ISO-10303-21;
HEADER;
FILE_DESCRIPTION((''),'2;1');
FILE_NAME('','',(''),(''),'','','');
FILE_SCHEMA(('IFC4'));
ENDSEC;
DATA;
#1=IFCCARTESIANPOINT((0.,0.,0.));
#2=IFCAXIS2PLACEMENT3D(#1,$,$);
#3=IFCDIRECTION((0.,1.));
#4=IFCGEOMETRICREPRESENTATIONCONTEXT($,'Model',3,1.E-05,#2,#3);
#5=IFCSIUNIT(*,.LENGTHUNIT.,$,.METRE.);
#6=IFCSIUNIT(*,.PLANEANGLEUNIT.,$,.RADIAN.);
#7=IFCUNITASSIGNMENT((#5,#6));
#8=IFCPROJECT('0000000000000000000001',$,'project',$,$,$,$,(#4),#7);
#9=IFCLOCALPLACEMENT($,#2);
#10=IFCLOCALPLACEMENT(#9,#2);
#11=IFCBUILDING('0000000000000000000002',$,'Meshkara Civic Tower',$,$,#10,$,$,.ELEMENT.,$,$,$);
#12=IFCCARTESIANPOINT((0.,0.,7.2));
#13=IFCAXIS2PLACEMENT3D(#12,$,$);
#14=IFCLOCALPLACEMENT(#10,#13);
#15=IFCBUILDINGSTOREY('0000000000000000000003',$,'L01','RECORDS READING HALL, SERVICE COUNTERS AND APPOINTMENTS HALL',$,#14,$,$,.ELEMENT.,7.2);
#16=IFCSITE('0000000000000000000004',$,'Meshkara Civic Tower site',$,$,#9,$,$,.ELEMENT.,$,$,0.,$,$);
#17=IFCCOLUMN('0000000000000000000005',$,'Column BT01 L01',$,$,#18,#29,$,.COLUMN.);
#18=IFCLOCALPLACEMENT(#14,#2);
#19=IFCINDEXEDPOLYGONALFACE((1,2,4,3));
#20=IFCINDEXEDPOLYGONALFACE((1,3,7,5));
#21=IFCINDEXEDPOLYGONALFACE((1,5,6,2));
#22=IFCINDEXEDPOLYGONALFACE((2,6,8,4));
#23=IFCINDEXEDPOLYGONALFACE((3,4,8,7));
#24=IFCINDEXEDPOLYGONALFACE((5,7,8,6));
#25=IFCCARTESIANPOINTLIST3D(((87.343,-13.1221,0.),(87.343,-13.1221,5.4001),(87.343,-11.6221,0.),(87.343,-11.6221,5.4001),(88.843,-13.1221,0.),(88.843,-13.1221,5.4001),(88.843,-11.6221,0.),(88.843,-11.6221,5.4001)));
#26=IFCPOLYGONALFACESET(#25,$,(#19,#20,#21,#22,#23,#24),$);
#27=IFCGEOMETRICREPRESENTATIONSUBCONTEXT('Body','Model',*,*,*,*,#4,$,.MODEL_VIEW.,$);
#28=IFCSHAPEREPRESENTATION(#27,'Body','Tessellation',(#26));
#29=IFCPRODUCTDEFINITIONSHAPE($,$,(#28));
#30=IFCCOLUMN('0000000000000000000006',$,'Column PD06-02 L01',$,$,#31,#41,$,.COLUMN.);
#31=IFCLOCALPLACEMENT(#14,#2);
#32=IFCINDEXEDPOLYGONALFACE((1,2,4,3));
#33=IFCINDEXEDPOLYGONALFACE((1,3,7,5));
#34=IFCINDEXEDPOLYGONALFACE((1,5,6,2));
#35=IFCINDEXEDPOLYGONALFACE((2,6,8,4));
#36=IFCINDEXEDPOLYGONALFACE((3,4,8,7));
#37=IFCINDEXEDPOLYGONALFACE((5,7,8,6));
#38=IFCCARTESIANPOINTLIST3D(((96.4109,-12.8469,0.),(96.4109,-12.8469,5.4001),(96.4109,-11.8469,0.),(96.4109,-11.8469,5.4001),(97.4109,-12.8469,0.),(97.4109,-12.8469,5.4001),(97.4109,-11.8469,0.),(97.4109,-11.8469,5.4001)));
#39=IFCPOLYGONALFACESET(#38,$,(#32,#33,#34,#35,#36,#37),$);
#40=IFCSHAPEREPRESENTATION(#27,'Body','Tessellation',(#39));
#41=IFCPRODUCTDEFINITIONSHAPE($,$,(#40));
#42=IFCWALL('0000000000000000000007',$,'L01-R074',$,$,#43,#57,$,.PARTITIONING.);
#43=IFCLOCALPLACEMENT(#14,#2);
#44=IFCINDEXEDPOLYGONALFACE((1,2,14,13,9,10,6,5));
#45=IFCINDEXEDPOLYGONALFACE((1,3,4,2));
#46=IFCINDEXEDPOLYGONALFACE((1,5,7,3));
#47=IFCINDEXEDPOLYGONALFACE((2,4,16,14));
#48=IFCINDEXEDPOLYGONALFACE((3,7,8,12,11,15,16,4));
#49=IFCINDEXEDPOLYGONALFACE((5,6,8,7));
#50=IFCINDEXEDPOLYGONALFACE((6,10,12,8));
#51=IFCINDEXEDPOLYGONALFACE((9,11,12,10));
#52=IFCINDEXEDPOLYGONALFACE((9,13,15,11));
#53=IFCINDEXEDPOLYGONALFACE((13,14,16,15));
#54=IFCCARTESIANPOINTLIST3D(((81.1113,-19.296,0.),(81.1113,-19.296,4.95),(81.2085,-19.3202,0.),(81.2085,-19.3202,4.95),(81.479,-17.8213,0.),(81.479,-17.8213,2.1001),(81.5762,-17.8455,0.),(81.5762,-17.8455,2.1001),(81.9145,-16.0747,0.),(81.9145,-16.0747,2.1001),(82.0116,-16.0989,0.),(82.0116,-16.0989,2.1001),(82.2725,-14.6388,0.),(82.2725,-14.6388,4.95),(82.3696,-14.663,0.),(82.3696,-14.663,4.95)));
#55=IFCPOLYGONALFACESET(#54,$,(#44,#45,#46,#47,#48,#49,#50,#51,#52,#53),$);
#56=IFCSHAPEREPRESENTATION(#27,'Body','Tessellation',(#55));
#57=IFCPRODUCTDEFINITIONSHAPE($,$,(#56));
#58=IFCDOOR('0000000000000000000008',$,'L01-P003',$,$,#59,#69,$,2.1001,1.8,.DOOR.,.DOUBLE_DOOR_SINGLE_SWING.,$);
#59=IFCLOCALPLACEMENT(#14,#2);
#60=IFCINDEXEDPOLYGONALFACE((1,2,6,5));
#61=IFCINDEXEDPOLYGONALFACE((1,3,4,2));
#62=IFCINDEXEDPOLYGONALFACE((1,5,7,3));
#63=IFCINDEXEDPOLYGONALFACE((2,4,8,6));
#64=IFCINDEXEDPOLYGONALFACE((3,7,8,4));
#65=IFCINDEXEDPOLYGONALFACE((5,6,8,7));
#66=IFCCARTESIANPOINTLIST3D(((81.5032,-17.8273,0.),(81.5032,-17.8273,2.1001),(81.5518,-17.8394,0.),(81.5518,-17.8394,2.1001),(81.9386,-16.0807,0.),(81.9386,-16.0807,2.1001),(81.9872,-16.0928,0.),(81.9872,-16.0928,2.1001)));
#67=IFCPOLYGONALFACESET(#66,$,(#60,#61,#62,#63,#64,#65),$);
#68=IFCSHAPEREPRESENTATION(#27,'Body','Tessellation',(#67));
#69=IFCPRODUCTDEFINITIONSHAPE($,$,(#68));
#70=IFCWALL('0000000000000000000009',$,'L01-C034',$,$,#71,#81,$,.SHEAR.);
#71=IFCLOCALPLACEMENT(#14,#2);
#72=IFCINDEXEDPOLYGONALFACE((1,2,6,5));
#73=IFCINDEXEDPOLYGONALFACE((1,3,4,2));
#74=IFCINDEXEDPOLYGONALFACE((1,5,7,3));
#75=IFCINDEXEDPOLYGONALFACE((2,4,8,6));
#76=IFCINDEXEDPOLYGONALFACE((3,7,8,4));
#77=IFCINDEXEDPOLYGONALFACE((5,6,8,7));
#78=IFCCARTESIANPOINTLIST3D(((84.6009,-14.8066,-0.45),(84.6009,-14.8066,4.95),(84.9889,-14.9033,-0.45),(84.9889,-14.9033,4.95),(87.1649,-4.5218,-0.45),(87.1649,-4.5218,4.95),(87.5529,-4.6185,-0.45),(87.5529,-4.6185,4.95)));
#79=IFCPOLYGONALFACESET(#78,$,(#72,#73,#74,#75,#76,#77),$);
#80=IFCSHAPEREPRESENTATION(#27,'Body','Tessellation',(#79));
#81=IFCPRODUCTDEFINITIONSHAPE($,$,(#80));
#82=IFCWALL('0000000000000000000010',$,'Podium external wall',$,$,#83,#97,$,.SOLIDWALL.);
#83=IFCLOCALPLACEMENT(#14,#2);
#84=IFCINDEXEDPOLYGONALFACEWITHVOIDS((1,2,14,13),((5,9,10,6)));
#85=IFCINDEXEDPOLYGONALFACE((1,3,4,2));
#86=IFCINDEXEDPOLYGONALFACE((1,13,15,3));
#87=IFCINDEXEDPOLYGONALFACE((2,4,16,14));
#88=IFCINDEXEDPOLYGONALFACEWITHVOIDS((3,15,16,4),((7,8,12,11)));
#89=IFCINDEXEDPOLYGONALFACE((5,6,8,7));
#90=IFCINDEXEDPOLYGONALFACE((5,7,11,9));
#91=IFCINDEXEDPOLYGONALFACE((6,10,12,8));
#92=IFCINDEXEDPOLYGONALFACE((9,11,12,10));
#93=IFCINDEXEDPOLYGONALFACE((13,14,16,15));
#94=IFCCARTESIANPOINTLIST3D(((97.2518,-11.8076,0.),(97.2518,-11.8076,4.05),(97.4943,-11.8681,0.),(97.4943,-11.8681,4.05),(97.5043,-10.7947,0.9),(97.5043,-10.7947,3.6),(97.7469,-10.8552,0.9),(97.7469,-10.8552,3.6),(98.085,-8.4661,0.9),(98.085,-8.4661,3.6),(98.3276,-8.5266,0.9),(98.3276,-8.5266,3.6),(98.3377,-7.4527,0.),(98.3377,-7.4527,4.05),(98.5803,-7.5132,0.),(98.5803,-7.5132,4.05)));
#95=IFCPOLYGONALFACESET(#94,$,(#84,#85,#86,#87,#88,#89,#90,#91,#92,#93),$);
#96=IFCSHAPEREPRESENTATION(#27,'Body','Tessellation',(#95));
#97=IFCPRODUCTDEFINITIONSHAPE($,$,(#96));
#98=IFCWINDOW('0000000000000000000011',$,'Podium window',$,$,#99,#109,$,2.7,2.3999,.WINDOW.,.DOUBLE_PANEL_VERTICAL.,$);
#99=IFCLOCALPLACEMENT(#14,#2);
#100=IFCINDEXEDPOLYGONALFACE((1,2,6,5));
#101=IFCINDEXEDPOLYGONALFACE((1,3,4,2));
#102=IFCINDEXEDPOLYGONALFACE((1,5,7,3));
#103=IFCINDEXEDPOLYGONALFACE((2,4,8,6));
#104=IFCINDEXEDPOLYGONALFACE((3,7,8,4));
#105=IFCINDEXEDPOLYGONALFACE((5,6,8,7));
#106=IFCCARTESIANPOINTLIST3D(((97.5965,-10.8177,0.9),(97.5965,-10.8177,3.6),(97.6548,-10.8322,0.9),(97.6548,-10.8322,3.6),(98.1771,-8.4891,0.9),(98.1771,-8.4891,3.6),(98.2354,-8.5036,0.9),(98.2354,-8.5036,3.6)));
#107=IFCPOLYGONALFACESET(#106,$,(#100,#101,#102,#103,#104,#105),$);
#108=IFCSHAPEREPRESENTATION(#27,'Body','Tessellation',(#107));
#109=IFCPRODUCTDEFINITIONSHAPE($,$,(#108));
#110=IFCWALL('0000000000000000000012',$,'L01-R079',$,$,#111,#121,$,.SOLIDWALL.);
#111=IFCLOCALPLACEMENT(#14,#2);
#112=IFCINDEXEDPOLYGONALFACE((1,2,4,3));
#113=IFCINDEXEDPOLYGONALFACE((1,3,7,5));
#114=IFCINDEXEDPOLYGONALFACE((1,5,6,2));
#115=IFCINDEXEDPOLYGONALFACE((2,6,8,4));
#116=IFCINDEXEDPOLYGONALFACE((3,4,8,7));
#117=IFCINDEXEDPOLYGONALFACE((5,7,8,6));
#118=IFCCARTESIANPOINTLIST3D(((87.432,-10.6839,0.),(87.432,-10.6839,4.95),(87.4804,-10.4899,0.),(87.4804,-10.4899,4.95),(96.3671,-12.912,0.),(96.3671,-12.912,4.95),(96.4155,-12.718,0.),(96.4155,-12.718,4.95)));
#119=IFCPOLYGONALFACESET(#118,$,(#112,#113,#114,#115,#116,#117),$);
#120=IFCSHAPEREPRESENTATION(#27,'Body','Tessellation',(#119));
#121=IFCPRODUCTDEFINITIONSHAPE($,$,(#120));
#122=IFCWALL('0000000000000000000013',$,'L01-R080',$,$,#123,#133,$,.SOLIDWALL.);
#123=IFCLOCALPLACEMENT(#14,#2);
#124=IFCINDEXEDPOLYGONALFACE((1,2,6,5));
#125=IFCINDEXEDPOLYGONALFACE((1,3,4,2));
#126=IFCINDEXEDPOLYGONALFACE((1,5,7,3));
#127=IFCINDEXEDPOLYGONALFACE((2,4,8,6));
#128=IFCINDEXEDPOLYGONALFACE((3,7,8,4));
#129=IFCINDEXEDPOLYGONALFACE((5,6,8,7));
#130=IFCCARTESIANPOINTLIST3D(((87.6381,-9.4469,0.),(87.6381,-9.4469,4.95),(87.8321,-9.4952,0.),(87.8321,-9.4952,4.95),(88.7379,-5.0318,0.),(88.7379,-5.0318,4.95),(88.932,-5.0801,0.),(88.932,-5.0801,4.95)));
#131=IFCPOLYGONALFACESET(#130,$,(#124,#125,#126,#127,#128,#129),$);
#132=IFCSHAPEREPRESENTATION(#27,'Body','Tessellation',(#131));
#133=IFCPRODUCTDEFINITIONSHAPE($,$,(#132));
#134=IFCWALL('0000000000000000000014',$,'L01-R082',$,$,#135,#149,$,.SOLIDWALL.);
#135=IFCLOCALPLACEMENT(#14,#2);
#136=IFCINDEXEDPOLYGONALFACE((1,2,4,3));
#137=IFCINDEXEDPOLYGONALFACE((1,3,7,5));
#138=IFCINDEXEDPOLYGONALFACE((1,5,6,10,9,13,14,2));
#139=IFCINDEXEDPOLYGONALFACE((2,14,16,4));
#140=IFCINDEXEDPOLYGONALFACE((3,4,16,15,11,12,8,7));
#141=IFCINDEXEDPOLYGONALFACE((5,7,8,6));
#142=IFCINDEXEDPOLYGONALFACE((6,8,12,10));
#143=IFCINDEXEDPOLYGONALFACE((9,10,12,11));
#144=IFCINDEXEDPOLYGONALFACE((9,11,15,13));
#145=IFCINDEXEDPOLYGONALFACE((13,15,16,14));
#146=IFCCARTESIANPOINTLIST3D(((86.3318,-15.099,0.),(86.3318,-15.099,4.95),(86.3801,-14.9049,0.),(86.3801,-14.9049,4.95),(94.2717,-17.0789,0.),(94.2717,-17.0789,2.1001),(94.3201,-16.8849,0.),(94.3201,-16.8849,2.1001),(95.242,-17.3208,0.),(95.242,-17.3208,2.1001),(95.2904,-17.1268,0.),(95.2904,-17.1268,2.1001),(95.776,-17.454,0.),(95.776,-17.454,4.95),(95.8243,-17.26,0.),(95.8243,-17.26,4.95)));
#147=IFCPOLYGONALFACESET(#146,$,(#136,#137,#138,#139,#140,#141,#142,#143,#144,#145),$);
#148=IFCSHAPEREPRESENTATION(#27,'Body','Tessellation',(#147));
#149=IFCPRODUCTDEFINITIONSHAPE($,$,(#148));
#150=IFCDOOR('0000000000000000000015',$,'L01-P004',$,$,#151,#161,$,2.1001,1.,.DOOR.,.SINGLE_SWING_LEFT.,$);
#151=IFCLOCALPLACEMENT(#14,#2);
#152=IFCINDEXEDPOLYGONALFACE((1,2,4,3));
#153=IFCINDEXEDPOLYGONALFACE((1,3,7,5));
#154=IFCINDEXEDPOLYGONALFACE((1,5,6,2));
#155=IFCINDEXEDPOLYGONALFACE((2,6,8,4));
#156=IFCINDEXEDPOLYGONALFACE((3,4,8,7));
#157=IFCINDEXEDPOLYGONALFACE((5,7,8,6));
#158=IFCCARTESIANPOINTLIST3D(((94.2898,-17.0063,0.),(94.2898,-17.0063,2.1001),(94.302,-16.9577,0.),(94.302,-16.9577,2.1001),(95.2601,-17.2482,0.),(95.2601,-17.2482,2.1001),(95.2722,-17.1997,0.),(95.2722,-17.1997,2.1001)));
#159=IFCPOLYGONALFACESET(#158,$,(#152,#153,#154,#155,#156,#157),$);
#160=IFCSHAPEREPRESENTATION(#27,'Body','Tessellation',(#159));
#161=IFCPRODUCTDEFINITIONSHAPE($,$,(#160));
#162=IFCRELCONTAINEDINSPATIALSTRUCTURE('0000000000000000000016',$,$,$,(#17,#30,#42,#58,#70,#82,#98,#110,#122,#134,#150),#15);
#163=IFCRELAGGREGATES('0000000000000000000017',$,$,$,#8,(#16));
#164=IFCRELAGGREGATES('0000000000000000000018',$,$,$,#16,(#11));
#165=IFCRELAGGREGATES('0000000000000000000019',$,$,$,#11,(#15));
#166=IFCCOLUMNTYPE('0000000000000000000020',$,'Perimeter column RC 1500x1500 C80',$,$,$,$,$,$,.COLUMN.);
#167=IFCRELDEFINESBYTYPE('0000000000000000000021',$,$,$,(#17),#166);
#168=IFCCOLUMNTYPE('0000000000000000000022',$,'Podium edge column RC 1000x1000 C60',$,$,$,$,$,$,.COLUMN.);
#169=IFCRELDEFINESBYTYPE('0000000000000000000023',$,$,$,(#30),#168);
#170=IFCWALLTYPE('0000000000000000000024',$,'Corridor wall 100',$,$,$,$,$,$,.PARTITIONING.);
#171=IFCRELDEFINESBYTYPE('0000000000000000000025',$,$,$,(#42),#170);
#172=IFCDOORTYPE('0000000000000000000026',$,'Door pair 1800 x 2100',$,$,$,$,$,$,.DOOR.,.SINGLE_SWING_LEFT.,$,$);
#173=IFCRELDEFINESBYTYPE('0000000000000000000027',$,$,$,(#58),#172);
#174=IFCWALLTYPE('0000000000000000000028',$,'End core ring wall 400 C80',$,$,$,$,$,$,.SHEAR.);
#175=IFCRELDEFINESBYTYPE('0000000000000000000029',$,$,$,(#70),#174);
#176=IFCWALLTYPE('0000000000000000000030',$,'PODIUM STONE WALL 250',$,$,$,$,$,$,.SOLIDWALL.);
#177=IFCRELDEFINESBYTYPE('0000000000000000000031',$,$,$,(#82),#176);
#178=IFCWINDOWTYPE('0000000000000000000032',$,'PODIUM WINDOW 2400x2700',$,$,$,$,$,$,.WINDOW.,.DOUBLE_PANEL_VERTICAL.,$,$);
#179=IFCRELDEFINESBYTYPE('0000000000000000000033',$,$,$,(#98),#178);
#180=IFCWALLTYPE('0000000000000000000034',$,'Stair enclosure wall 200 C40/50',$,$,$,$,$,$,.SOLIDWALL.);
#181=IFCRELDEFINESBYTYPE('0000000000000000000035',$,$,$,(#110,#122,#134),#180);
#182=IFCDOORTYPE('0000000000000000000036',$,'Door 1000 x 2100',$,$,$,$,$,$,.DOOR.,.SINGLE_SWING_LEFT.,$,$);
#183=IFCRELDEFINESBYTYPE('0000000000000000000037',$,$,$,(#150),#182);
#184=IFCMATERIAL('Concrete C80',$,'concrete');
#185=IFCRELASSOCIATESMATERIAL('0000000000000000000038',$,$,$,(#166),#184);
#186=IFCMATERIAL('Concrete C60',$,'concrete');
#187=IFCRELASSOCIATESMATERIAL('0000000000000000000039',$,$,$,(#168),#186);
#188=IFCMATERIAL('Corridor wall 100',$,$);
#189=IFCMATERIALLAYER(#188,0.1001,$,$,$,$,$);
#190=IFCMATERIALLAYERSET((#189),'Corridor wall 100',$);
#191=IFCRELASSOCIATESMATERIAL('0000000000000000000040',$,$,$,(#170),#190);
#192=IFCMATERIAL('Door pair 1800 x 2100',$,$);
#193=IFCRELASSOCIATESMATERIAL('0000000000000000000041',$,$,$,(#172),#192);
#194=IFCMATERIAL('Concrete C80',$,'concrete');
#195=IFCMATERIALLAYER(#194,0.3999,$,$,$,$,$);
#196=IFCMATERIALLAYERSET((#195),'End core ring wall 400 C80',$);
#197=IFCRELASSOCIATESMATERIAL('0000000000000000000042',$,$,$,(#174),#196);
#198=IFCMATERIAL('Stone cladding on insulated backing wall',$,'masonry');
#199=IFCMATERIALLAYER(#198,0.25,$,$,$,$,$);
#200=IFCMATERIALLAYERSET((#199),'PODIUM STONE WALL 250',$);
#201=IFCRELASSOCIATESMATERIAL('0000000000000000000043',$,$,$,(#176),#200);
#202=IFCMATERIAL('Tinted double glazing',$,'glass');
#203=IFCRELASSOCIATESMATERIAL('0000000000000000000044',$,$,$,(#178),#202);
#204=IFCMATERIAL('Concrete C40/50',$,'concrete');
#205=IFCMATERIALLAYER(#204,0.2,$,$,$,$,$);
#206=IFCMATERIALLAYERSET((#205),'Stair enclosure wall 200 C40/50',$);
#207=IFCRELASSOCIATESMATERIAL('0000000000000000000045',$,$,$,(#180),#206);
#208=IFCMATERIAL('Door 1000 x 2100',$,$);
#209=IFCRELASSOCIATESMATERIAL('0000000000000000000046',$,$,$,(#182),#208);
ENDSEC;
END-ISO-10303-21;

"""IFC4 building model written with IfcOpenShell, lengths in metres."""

from ifc_helpers import new_model, si_unit, direction, frame, frame_2d, origin, origin_2d, place, context, subcontext, project, spatial, rectangle, extrude, material, layer, layer_set, material_profile, profile_set, type_object, element, fill, save


model = new_model("IFC4")

# Units and contexts
model_context = context("Model", 3, precision=1e-05, world=origin(), true_north=direction((0.0, 1.0)))
body_context = subcontext(model_context, "Body", "Model", "MODEL_VIEW")
ifc_project = project(units=[si_unit("LENGTHUNIT", "METRE"), si_unit("PLANEANGLEUNIT", "RADIAN")], contexts=[model_context])

# Site, building, storey
site_placement = place(None, origin())
site = spatial("IfcSite", under=ifc_project, at=site_placement, Name="Meshkara Civic Tower site", CompositionType="ELEMENT", RefElevation=0.0)
building_placement = place(site_placement, origin())
building = spatial("IfcBuilding", under=site, at=building_placement, Name="Meshkara Civic Tower", CompositionType="ELEMENT")
storey_placement = place(building_placement, frame((0.0, 0.0, 7.2)))
storey = spatial("IfcBuildingStorey", under=building, at=storey_placement, Name="L01", Description="RECORDS READING HALL, SERVICE COUNTERS AND APPOINTMENTS HALL", CompositionType="ELEMENT", Elevation=7.2)

# Columns
ifc_material_1 = material(Name="Concrete C80", Category="concrete")
ifc_material_profile_1 = material_profile(ifc_material_1, rectangle(XDim=1.5, YDim=1.5, at=origin_2d()))
ifc_profile_set_1 = profile_set([ifc_material_profile_1], Name="Concrete C80")
column_type_1 = type_object("IfcColumnType", Name="Perimeter column RC 1500x1500 C80", PredefinedType="COLUMN", material=ifc_profile_set_1)
column_1_placement = place(storey_placement, frame((88.093, -12.3721, 0.0), z_axis=(0.0, 0.0, 1.0), x_axis=(1.0, 0.0, 0.0)))
element("IfcColumn", 1, at=column_1_placement, inside=storey, type_object=column_type_1, Name="Column BT01 L01", PredefinedType="COLUMN", context=body_context, shape_type="SweptSolid", body=[
    extrude(rectangle(XDim=1.5, YDim=1.5, at=origin_2d()), origin(), (0.0, 0.0, 1.0), 5.4001),
])
ifc_material_2 = material(Name="Concrete C60", Category="concrete")
ifc_material_profile_2 = material_profile(ifc_material_2, rectangle(XDim=1.0, YDim=1.0, at=origin_2d()))
ifc_profile_set_2 = profile_set([ifc_material_profile_2], Name="Concrete C60")
column_type_2 = type_object("IfcColumnType", Name="Podium edge column RC 1000x1000 C60", PredefinedType="COLUMN", material=ifc_profile_set_2)
column_2_placement = place(storey_placement, frame((96.9109, -12.3469, 0.0), z_axis=(0.0, 0.0, 1.0), x_axis=(1.0, 0.0, 0.0)))
element("IfcColumn", 2, at=column_2_placement, inside=storey, type_object=column_type_2, Name="Column PD06-02 L01", PredefinedType="COLUMN", context=body_context, shape_type="SweptSolid", body=[
    extrude(rectangle(XDim=1.0, YDim=1.0, at=origin_2d()), origin(), (0.0, 0.0, 1.0), 5.4001),
])

# Wall, opening, door
ifc_material_3 = material(Name="Corridor wall 100")
ifc_layer_1 = layer(ifc_material_3, 0.1001)
ifc_layer_set_1 = layer_set([ifc_layer_1], Name="Corridor wall 100")
wall_type_1 = type_object("IfcWallType", Name="Corridor wall 100", PredefinedType="PARTITIONING", material=ifc_layer_set_1)
wall_1_placement = place(storey_placement, frame((82.321, -14.6509, 0.0), z_axis=(0.0, 0.0, 1.0), x_axis=(-0.241913, -0.970298, 0.0)))
wall_1 = element("IfcWall", 3, at=wall_1_placement, inside=storey, type_object=wall_type_1, Name="L01-R074", PredefinedType="PARTITIONING", context=body_context, shape_type="SweptSolid", body=[
    extrude(rectangle(XDim=4.7998, YDim=0.1001, at=frame_2d((2.3999, 0.0))), origin(), (0.0, 0.0, 1.0), 4.95),
])
opening_1_placement = place(wall_1_placement, frame((1.48, 0.0, 0.0)))
opening_1 = element("IfcOpeningElement", 4, at=opening_1_placement, cuts=wall_1, PredefinedType="OPENING", context=body_context, shape_type="SweptSolid", body=[
    extrude(rectangle(XDim=1.8, YDim=2.1001, at=frame_2d((0.8999, 1.05))), frame((0.0, 0.0601, 0.0), z_axis=(0.0, -1.0, 0.0), x_axis=(1.0, 0.0, 0.0)), (0.0, 0.0, 1.0), 0.1201),
])
ifc_material_4 = material(Name="Door pair 1800 x 2100")
door_type_1 = type_object("IfcDoorType", Name="Door pair 1800 x 2100", OperationType="SINGLE_SWING_LEFT", PredefinedType="DOOR", material=ifc_material_4)
door_1_placement = place(opening_1_placement, origin())
door_1 = element("IfcDoor", 5, at=door_1_placement, inside=storey, type_object=door_type_1, Name="L01-P003", OperationType="DOUBLE_DOOR_SINGLE_SWING", OverallHeight=2.1001, OverallWidth=1.8, PredefinedType="DOOR", context=body_context, shape_type="SweptSolid", body=[
    extrude(rectangle(XDim=1.8, YDim=2.1001, at=frame_2d((0.8999, 1.05))), frame((0.0, 0.0249, 0.0), z_axis=(0.0, -1.0, 0.0), x_axis=(1.0, 0.0, 0.0)), (0.0, 0.0, 1.0), 0.05),
])
fill(opening_1, door_1)

# Wall
ifc_material_5 = material(Name="Concrete C80", Category="concrete")
ifc_layer_2 = layer(ifc_material_5, 0.3999)
ifc_layer_set_2 = layer_set([ifc_layer_2], Name="End core ring wall 400 C80")
wall_type_2 = type_object("IfcWallType", Name="End core ring wall 400 C80", PredefinedType="SHEAR", material=ifc_layer_set_2)
wall_2_placement = place(storey_placement, frame((84.7949, -14.855, -0.45), z_axis=(0.0, 0.0, 1.0), x_axis=(0.241891, 0.970304, 0.0)))
element("IfcWall", 6, at=wall_2_placement, inside=storey, type_object=wall_type_2, Name="L01-C034", PredefinedType="SHEAR", context=body_context, shape_type="SweptSolid", body=[
    extrude(rectangle(XDim=10.5996, YDim=0.3999, at=frame_2d((5.2998, 0.0))), origin(), (0.0, 0.0, 1.0), 5.3999),
])

# Wall, opening, window
ifc_material_6 = material(Name="Stone cladding on insulated backing wall", Category="masonry")
ifc_layer_3 = layer(ifc_material_6, 0.25)
ifc_layer_set_3 = layer_set([ifc_layer_3], Name="PODIUM STONE WALL 250")
wall_type_3 = type_object("IfcWallType", Name="PODIUM STONE WALL 250", PredefinedType="SOLIDWALL", material=ifc_layer_set_3)
wall_3_placement = place(storey_placement, frame((97.373, -11.8379, 0.0), z_axis=(0.0, 0.0, 1.0), x_axis=(0.241947, 0.97029, 0.0)))
wall_3 = element("IfcWall", 7, at=wall_3_placement, inside=storey, type_object=wall_type_3, Name="Podium external wall", PredefinedType="SOLIDWALL", context=body_context, shape_type="SweptSolid", body=[
    extrude(rectangle(XDim=4.4883, YDim=0.25, at=frame_2d((2.2441, 0.0))), origin(), (0.0, 0.0, 1.0), 4.05),
])
opening_2_placement = place(wall_3_placement, frame((1.0439, 0.0, 0.8999)))
opening_2 = element("IfcOpeningElement", 8, at=opening_2_placement, cuts=wall_3, PredefinedType="OPENING", context=body_context, shape_type="SweptSolid", body=[
    extrude(rectangle(XDim=2.3999, YDim=2.7, at=frame_2d((1.2, 1.3501))), frame((0.0, 0.135, 0.0), z_axis=(0.0, -1.0, 0.0), x_axis=(1.0, 0.0, 0.0)), (0.0, 0.0, 1.0), 0.27),
])
ifc_material_7 = material(Name="Tinted double glazing", Category="glass")
window_type = type_object("IfcWindowType", Name="PODIUM WINDOW 2400x2700", PartitioningType="DOUBLE_PANEL_VERTICAL", PredefinedType="WINDOW", material=ifc_material_7)
window_placement = place(opening_2_placement, origin())
window = element("IfcWindow", 9, at=window_placement, inside=storey, type_object=window_type, Name="Podium window", OverallHeight=2.7, OverallWidth=2.3999, PartitioningType="DOUBLE_PANEL_VERTICAL", PredefinedType="WINDOW", context=body_context, shape_type="SweptSolid", body=[
    extrude(rectangle(XDim=2.3999, YDim=2.7, at=frame_2d((1.2, 1.3501))), frame((0.0, 0.03, 0.0), z_axis=(0.0, -1.0, 0.0), x_axis=(1.0, 0.0, 0.0)), (0.0, 0.0, 1.0), 0.0601),
])
fill(opening_2, window)

# Walls
ifc_material_8 = material(Name="Concrete C40/50", Category="concrete")
ifc_layer_4 = layer(ifc_material_8, 0.2)
ifc_layer_set_4 = layer_set([ifc_layer_4], Name="Stair enclosure wall 200 C40/50")
wall_type_4 = type_object("IfcWallType", Name="Stair enclosure wall 200 C40/50", PredefinedType="SOLIDWALL", material=ifc_layer_set_4)
wall_4_placement = place(storey_placement, frame((87.4561, -10.5869, 0.0), z_axis=(0.0, 0.0, 1.0), x_axis=(0.970289, -0.241949, 0.0)))
element("IfcWall", 10, at=wall_4_placement, inside=storey, type_object=wall_type_4, Name="L01-R079", PredefinedType="SOLIDWALL", context=body_context, shape_type="SweptSolid", body=[
    extrude(rectangle(XDim=9.2087, YDim=0.2, at=frame_2d((4.6045, 0.0))), origin(), (0.0, 0.0, 1.0), 4.95),
])
wall_5_placement = place(storey_placement, frame((87.7351, -9.4709, 0.0), z_axis=(0.0, 0.0, 1.0), x_axis=(0.241728, 0.970344, 0.0)))
element("IfcWall", 11, at=wall_5_placement, inside=storey, type_object=wall_type_4, Name="L01-R080", PredefinedType="SOLIDWALL", context=body_context, shape_type="SweptSolid", body=[
    extrude(rectangle(XDim=4.55, YDim=0.2, at=frame_2d((2.2749, 0.0))), origin(), (0.0, 0.0, 1.0), 4.95),
])

# Wall, opening, door
wall_6_placement = place(storey_placement, frame((86.356, -15.002, 0.0), z_axis=(0.0, 0.0, 1.0), x_axis=(0.970288, -0.241951, 0.0)))
wall_6 = element("IfcWall", 12, at=wall_6_placement, inside=storey, type_object=wall_type_4, Name="L01-R082", PredefinedType="SOLIDWALL", context=body_context, shape_type="SweptSolid", body=[
    extrude(rectangle(XDim=9.7334, YDim=0.2, at=frame_2d((4.8667, 0.0))), origin(), (0.0, 0.0, 1.0), 4.95),
])
opening_3_placement = place(wall_6_placement, frame((8.1831, 0.0, 0.0)))
opening_3 = element("IfcOpeningElement", 13, at=opening_3_placement, cuts=wall_6, PredefinedType="OPENING", context=body_context, shape_type="SweptSolid", body=[
    extrude(rectangle(XDim=1.0, YDim=2.1001, at=frame_2d((0.5, 1.05))), frame((0.0, 0.1099, 0.0), z_axis=(0.0, -1.0, 0.0), x_axis=(1.0, 0.0, 0.0)), (0.0, 0.0, 1.0), 0.22),
])
ifc_material_9 = material(Name="Door 1000 x 2100")
door_type_2 = type_object("IfcDoorType", Name="Door 1000 x 2100", OperationType="SINGLE_SWING_LEFT", PredefinedType="DOOR", material=ifc_material_9)
door_2_placement = place(opening_3_placement, origin())
door_2 = element("IfcDoor", 14, at=door_2_placement, inside=storey, type_object=door_type_2, Name="L01-P004", OperationType="SINGLE_SWING_LEFT", OverallHeight=2.1001, OverallWidth=1.0, PredefinedType="DOOR", context=body_context, shape_type="SweptSolid", body=[
    extrude(rectangle(XDim=1.0, YDim=2.1001, at=frame_2d((0.5, 1.05))), frame((0.0, 0.0249, 0.0), z_axis=(0.0, -1.0, 0.0), x_axis=(1.0, 0.0, 0.0)), (0.0, 0.0, 1.0), 0.05),
])
fill(opening_3, door_2)

save(model, "model.ifc")
